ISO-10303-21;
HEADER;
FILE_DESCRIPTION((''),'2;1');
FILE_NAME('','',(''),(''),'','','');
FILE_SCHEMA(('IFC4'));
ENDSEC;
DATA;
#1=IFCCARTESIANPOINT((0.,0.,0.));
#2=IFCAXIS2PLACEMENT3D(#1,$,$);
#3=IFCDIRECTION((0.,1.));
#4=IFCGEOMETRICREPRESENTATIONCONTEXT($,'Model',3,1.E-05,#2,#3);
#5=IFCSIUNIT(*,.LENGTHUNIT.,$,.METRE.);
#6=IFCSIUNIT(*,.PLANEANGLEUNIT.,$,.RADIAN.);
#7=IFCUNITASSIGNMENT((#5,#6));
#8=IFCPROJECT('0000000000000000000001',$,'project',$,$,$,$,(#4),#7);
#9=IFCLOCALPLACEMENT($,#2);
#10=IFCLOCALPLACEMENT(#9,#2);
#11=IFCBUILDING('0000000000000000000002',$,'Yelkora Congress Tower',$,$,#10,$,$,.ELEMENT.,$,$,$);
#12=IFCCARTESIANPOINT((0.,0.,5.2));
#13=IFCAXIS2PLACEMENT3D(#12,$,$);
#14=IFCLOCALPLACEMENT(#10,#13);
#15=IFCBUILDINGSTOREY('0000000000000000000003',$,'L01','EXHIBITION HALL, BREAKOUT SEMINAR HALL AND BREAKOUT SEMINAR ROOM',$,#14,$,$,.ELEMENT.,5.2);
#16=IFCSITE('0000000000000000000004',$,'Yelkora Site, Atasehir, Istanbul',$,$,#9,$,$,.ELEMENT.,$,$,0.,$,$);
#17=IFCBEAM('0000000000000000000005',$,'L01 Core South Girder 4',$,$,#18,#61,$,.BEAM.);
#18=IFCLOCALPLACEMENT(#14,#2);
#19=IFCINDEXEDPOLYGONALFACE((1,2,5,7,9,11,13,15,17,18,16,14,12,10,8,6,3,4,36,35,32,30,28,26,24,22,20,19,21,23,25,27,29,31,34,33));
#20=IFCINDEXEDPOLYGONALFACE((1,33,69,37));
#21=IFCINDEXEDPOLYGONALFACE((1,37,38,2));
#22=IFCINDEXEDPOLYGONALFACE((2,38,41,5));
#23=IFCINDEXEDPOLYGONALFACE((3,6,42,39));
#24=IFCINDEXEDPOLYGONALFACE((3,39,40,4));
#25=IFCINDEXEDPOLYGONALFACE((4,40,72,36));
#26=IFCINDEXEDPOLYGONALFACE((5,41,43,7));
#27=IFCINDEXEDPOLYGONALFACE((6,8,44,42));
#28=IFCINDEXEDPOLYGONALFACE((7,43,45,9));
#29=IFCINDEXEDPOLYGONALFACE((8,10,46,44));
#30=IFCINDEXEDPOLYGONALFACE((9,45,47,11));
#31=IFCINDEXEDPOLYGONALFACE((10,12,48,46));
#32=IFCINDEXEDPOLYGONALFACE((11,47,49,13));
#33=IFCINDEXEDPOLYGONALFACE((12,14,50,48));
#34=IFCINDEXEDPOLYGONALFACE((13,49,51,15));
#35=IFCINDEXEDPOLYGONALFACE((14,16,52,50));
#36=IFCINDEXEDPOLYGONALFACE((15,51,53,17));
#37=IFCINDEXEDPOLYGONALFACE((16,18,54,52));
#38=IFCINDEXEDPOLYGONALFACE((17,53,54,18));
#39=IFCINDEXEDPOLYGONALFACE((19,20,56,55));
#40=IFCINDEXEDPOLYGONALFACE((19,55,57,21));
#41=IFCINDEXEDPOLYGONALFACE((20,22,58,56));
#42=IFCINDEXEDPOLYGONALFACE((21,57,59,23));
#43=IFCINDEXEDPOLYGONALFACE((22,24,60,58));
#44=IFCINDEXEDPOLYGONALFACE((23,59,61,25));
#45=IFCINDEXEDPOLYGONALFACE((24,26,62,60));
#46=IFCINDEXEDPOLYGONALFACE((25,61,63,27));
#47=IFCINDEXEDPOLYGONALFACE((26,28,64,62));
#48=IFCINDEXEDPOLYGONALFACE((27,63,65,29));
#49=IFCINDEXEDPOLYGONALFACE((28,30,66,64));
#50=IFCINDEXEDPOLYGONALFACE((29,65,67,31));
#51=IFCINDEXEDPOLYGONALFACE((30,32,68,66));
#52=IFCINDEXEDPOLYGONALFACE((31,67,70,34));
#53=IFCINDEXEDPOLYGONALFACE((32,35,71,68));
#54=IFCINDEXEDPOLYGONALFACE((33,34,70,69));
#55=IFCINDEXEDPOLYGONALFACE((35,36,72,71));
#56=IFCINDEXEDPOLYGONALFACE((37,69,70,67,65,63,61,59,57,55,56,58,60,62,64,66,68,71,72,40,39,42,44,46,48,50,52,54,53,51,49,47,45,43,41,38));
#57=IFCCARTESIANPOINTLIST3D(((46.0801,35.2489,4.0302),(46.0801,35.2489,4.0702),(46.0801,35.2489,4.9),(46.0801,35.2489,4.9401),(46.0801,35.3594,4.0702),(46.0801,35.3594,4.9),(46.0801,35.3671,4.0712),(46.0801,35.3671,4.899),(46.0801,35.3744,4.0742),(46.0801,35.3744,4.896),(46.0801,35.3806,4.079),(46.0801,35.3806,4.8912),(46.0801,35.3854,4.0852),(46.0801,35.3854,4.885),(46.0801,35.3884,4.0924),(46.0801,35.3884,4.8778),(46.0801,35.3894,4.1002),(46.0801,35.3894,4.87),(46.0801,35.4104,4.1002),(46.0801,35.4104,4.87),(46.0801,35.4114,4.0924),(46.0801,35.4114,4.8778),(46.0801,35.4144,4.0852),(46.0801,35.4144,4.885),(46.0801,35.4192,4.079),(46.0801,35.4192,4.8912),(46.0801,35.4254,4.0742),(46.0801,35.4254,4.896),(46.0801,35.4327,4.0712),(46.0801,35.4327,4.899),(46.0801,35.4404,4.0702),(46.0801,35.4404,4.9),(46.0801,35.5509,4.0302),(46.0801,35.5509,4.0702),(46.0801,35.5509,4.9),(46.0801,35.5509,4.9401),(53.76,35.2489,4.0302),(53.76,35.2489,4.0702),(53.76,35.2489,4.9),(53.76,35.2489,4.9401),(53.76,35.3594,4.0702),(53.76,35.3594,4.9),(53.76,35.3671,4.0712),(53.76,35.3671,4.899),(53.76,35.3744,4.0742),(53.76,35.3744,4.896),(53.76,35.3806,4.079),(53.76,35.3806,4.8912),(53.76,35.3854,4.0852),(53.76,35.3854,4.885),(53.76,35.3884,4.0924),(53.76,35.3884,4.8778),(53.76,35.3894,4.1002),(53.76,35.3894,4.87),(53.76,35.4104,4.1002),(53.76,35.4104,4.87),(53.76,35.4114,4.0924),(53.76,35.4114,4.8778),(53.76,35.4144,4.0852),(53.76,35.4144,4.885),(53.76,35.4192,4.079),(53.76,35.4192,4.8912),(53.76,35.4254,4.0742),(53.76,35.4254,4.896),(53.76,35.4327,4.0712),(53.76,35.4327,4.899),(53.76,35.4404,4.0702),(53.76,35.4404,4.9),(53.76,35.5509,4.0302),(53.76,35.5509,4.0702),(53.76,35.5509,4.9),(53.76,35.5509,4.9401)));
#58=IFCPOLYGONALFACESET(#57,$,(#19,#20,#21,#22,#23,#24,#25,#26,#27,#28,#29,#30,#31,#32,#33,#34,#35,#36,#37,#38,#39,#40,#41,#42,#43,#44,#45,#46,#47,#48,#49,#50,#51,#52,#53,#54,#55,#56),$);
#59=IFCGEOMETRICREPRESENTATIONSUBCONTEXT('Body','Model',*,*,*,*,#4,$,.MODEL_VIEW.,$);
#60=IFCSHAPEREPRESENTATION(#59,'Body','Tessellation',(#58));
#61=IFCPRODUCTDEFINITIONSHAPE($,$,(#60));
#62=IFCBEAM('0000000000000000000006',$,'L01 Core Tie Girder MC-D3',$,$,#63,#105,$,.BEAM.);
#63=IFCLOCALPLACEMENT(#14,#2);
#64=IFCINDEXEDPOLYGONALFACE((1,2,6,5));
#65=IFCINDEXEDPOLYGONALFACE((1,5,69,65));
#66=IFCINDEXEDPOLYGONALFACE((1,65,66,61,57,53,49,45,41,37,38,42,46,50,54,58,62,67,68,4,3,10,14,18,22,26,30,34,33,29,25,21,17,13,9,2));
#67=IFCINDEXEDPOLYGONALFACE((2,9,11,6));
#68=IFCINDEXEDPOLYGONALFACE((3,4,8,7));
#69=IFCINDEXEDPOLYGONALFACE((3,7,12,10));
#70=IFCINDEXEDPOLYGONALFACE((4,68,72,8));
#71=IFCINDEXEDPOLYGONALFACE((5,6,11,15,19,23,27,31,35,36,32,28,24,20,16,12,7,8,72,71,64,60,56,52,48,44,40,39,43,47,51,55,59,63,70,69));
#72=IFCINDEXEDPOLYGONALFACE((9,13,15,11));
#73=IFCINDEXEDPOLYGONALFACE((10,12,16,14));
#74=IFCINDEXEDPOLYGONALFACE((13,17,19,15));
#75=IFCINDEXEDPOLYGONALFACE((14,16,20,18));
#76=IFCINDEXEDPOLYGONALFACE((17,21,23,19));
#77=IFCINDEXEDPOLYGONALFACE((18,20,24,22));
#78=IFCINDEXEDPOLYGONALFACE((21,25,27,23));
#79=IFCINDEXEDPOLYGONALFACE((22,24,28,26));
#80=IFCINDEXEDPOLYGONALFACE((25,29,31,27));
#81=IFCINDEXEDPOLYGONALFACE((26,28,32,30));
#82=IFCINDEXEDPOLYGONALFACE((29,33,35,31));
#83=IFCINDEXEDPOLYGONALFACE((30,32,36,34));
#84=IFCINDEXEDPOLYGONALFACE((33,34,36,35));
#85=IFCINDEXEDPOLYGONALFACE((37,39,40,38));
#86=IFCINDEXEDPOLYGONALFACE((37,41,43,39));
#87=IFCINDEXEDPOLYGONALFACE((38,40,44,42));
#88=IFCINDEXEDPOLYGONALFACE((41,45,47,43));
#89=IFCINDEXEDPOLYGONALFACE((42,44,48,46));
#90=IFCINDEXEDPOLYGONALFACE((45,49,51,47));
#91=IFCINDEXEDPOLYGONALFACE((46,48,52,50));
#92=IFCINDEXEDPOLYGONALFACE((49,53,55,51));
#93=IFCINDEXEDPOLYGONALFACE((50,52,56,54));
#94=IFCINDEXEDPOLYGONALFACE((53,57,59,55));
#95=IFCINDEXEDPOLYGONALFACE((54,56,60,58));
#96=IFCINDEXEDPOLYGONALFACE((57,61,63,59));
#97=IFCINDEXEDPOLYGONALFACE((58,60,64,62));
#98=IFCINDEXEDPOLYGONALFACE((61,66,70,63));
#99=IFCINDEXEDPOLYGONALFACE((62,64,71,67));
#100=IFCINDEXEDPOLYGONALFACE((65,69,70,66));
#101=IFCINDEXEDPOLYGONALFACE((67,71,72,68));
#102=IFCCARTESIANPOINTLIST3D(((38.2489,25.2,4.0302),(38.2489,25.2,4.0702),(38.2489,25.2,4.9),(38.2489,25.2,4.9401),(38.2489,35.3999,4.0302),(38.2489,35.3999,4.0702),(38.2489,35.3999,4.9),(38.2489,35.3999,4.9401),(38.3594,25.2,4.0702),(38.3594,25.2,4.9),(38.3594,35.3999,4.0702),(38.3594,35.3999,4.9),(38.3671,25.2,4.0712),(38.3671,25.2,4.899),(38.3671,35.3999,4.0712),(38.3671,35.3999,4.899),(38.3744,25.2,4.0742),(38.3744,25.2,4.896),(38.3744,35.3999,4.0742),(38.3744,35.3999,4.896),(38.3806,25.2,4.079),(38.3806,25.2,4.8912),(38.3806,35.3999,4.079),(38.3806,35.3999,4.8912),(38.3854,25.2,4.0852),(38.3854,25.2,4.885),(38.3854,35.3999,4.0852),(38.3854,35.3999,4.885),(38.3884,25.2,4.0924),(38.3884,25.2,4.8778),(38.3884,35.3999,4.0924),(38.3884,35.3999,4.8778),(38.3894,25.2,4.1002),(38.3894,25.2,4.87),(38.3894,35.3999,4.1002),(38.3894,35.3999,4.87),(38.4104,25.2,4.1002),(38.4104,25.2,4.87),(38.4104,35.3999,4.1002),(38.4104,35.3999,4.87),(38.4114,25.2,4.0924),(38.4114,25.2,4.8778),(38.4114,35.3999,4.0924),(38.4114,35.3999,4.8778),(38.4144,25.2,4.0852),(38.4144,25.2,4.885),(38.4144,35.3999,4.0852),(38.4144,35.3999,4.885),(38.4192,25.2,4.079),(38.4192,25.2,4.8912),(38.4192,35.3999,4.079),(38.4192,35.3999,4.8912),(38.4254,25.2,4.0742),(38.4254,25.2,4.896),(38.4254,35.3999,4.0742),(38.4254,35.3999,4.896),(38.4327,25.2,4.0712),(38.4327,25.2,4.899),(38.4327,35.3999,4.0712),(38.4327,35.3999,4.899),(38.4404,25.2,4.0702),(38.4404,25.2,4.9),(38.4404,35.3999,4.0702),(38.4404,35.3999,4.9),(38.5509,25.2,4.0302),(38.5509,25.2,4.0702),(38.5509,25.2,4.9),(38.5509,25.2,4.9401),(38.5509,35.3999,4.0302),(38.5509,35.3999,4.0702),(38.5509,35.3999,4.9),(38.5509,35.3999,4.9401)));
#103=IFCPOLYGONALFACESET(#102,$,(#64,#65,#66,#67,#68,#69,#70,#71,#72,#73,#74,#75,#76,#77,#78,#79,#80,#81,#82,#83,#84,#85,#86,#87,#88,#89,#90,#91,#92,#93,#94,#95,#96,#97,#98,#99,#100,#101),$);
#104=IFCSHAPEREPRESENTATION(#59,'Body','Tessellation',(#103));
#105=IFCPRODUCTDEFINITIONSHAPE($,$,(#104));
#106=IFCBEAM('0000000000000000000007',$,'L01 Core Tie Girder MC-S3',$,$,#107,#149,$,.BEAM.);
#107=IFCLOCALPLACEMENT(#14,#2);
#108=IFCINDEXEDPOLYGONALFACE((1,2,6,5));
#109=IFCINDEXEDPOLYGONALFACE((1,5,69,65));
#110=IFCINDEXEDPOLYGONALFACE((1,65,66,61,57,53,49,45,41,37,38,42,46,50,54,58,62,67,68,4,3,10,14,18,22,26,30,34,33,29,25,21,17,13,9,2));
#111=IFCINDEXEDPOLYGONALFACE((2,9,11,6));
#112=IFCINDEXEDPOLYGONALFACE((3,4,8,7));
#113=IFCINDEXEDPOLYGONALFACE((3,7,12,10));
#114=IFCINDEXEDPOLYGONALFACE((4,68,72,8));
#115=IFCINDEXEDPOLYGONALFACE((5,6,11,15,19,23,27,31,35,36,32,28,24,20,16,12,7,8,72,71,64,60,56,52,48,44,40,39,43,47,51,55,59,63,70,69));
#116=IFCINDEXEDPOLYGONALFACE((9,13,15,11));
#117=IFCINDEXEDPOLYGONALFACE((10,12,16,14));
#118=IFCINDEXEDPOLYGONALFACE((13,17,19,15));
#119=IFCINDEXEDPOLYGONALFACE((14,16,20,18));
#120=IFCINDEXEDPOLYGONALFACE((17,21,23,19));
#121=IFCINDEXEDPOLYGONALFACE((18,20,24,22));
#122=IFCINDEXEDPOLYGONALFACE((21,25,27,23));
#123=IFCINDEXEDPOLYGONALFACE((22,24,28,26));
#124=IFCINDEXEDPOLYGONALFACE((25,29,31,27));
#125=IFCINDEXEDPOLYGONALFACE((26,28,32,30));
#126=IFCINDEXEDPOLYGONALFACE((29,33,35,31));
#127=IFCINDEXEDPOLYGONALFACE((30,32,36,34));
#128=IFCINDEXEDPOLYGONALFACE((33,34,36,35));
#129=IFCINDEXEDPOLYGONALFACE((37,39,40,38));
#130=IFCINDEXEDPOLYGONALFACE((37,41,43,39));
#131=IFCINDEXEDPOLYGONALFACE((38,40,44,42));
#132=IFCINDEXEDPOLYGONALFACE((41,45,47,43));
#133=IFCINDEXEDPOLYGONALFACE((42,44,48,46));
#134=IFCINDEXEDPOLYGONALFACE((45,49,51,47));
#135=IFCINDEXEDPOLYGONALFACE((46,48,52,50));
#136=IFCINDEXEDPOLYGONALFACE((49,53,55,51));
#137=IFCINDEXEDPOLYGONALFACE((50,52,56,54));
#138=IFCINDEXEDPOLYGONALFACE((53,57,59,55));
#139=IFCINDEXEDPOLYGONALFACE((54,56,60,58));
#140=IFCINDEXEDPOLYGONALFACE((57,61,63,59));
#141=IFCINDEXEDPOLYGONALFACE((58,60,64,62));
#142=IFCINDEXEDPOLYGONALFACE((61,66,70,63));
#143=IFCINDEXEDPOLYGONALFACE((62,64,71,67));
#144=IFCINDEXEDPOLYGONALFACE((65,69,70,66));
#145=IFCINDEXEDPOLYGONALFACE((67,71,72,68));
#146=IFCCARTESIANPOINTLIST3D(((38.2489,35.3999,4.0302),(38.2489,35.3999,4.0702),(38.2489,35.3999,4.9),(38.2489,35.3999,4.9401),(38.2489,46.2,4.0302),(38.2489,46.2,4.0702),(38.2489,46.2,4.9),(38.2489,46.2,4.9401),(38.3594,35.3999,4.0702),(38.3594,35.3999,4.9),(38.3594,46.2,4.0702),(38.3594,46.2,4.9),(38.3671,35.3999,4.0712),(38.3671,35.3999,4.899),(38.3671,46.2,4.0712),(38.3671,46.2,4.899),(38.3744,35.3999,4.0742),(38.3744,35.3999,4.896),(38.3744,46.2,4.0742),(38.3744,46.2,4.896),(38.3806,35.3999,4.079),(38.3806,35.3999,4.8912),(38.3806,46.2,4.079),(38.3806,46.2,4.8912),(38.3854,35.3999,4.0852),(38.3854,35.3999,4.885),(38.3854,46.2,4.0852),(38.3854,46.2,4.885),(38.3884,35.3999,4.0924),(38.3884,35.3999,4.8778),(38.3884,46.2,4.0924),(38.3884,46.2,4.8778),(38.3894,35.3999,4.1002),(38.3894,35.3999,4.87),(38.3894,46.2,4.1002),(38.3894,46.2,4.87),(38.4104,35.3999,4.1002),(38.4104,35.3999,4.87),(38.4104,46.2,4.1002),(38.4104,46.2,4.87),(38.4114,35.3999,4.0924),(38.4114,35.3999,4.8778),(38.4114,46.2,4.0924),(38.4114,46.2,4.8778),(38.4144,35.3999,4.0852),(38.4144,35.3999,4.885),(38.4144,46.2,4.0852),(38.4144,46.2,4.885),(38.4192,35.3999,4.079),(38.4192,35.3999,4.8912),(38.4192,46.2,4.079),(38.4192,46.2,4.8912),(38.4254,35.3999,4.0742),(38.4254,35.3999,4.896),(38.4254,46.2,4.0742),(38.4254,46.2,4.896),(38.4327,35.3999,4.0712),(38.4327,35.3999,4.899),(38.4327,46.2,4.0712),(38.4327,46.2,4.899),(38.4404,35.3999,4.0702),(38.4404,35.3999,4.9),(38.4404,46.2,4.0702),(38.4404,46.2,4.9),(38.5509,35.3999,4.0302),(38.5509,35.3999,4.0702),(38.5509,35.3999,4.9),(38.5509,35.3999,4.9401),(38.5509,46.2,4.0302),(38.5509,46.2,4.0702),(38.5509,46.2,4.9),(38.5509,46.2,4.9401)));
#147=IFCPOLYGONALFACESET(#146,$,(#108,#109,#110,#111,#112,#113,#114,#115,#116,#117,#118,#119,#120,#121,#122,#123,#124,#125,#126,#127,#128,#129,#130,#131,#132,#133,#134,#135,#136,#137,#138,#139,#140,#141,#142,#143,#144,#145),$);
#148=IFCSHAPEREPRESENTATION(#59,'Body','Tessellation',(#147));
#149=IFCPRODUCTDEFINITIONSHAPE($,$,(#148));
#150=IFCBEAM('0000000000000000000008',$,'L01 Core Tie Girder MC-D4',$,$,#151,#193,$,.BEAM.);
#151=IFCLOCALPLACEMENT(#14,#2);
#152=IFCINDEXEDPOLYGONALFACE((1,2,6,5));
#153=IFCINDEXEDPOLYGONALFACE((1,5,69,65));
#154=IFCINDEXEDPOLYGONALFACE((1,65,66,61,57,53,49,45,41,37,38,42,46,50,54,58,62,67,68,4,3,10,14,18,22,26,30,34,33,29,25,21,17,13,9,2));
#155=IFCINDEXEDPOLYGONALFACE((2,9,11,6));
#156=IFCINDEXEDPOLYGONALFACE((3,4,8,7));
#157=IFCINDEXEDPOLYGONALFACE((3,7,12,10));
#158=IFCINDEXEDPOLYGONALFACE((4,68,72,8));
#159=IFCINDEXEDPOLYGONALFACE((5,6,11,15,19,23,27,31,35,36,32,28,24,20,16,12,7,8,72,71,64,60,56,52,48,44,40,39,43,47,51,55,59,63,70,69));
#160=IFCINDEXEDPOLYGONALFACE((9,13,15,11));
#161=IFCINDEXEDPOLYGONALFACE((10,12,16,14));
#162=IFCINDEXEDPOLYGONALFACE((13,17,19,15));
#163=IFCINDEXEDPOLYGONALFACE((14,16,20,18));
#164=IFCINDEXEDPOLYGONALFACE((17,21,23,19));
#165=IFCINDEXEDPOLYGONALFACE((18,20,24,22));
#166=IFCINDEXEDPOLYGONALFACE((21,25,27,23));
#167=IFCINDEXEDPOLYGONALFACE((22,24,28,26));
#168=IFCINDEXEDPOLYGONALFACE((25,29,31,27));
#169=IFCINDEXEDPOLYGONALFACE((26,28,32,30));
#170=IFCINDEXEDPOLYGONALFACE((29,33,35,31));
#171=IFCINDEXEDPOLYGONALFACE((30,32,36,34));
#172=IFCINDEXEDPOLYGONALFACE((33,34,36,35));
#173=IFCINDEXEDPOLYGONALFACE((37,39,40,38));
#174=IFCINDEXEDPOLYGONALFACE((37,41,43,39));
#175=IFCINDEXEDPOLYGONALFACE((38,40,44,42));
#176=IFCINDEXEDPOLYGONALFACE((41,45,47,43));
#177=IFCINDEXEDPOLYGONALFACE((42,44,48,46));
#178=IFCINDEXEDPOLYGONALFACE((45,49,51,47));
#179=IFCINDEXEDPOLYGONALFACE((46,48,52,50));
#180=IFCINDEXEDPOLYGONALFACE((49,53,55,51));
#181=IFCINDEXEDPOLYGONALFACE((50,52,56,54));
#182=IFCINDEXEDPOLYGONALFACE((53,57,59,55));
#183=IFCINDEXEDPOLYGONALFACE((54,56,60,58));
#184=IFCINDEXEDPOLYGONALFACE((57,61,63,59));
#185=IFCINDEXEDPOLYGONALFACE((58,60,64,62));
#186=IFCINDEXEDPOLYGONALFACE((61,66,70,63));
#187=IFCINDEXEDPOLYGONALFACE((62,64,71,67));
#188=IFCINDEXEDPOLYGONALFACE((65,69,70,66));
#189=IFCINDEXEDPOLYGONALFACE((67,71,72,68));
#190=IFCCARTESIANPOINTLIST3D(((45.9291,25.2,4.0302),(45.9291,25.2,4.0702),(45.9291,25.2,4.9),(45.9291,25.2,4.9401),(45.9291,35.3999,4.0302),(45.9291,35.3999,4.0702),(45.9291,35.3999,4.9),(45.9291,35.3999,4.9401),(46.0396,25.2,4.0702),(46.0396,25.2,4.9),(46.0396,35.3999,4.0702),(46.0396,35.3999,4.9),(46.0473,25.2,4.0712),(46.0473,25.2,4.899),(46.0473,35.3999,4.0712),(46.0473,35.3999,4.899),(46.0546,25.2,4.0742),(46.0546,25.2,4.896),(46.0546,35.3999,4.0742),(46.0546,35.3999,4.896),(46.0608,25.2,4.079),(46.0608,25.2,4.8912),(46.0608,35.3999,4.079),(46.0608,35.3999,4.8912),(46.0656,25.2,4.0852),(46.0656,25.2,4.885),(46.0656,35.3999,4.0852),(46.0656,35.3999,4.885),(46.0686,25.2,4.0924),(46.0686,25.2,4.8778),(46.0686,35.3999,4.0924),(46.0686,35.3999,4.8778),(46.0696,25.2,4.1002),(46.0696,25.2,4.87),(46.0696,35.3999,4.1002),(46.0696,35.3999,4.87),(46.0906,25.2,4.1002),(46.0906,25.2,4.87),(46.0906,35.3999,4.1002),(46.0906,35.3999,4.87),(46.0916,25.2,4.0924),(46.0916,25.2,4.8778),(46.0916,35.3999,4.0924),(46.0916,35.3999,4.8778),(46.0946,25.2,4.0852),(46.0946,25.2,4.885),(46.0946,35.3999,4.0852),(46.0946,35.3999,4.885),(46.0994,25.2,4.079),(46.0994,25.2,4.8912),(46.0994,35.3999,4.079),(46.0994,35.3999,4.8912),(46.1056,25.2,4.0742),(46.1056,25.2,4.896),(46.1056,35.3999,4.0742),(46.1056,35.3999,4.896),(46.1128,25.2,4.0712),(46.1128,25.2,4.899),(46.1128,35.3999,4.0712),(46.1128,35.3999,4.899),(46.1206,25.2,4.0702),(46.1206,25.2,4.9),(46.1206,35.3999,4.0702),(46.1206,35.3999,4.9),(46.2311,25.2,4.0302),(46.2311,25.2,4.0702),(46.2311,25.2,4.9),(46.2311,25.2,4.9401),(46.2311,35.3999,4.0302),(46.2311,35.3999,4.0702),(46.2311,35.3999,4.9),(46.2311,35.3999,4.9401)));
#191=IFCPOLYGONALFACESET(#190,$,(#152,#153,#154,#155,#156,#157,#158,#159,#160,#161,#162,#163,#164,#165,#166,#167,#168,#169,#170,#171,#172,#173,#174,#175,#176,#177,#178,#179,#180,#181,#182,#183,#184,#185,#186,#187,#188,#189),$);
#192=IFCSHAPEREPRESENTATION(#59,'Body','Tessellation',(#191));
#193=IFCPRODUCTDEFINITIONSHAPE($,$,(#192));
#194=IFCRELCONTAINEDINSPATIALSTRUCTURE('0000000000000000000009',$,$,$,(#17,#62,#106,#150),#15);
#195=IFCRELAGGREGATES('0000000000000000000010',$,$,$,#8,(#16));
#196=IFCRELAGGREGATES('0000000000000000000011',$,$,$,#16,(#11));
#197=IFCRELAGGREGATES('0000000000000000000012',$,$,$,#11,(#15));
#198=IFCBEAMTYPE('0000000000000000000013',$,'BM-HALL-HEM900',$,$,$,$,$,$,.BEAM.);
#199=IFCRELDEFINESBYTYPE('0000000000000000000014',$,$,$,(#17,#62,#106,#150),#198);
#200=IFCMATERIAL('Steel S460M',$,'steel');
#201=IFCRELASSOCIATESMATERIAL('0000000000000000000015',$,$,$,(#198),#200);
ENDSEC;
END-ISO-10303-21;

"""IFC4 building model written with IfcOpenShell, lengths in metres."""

from ifc_helpers import new_model, si_unit, direction, frame, origin, origin_2d, place, context, subcontext, project, spatial, i_section, extrude, material, material_profile, profile_set, type_object, element, save


model = new_model("IFC4")

# Units and contexts
model_context = context("Model", 3, precision=1e-05, world=origin(), true_north=direction((0.0, 1.0)))
body_context = subcontext(model_context, "Body", "Model", "MODEL_VIEW")
ifc_project = project(units=[si_unit("LENGTHUNIT", "METRE"), si_unit("PLANEANGLEUNIT", "RADIAN")], contexts=[model_context])

# Site, building, storey
site_placement = place(None, origin())
site = spatial("IfcSite", under=ifc_project, at=site_placement, Name="Yelkora Site, Atasehir, Istanbul", CompositionType="ELEMENT", RefElevation=0.0)
building_placement = place(site_placement, origin())
building = spatial("IfcBuilding", under=site, at=building_placement, Name="Yelkora Congress Tower", CompositionType="ELEMENT")
storey_placement = place(building_placement, frame((0.0, 0.0, 5.2)))
storey = spatial("IfcBuildingStorey", under=building, at=storey_placement, Name="L01", Description="EXHIBITION HALL, BREAKOUT SEMINAR HALL AND BREAKOUT SEMINAR ROOM", CompositionType="ELEMENT", Elevation=5.2)

# Beams
ifc_material_1 = material(Name="Steel S460M", Category="steel")
ifc_material_profile_1 = material_profile(ifc_material_1, i_section(OverallWidth=0.302, OverallDepth=0.9099, WebThickness=0.021, FlangeThickness=0.04, FilletRadius=0.03, at=origin_2d()), Name="HEM 900")
ifc_profile_set_1 = profile_set([ifc_material_profile_1], Name="Steel S460M")
beam_type_1 = type_object("IfcBeamType", Name="BM-HALL-HEM900", PredefinedType="BEAM", material=ifc_profile_set_1)
beam_1_placement = place(storey_placement, frame((46.0801, 35.3999, 4.4851), z_axis=(1.0, 0.0, 0.0), x_axis=(0.0, 1.0, 0.0)))
element("IfcBeam", 1, at=beam_1_placement, inside=storey, type_object=beam_type_1, Name="L01 Core South Girder 4", PredefinedType="BEAM", context=body_context, shape_type="SweptSolid", body=[
    extrude(i_section(OverallWidth=0.302, OverallDepth=0.9099, WebThickness=0.021, FlangeThickness=0.04, FilletRadius=0.03, at=origin_2d()), origin(), (0.0, 0.0, 1.0), 7.6799),
])
beam_2_placement = place(storey_placement, frame((38.3999, 25.2, 4.4851), z_axis=(0.0, 1.0, 0.0), x_axis=(-1.0, 0.0, 0.0)))
element("IfcBeam", 2, at=beam_2_placement, inside=storey, type_object=beam_type_1, Name="L01 Core Tie Girder MC-D3", PredefinedType="BEAM", context=body_context, shape_type="SweptSolid", body=[
    extrude(i_section(OverallWidth=0.302, OverallDepth=0.9099, WebThickness=0.021, FlangeThickness=0.04, FilletRadius=0.03, at=origin_2d()), origin(), (0.0, 0.0, 1.0), 10.2),
])
beam_3_placement = place(storey_placement, frame((38.3999, 35.3999, 4.4851), z_axis=(0.0, 1.0, 0.0), x_axis=(-1.0, 0.0, 0.0)))
element("IfcBeam", 3, at=beam_3_placement, inside=storey, type_object=beam_type_1, Name="L01 Core Tie Girder MC-S3", PredefinedType="BEAM", context=body_context, shape_type="SweptSolid", body=[
    extrude(i_section(OverallWidth=0.302, OverallDepth=0.9099, WebThickness=0.021, FlangeThickness=0.04, FilletRadius=0.03, at=origin_2d()), origin(), (0.0, 0.0, 1.0), 10.8),
])
beam_4_placement = place(storey_placement, frame((46.0801, 25.2, 4.4851), z_axis=(0.0, 1.0, 0.0), x_axis=(-1.0, 0.0, 0.0)))
element("IfcBeam", 4, at=beam_4_placement, inside=storey, type_object=beam_type_1, Name="L01 Core Tie Girder MC-D4", PredefinedType="BEAM", context=body_context, shape_type="SweptSolid", body=[
    extrude(i_section(OverallWidth=0.302, OverallDepth=0.9099, WebThickness=0.021, FlangeThickness=0.04, FilletRadius=0.03, at=origin_2d()), origin(), (0.0, 0.0, 1.0), 10.2),
])

save(model, "model.ifc")
